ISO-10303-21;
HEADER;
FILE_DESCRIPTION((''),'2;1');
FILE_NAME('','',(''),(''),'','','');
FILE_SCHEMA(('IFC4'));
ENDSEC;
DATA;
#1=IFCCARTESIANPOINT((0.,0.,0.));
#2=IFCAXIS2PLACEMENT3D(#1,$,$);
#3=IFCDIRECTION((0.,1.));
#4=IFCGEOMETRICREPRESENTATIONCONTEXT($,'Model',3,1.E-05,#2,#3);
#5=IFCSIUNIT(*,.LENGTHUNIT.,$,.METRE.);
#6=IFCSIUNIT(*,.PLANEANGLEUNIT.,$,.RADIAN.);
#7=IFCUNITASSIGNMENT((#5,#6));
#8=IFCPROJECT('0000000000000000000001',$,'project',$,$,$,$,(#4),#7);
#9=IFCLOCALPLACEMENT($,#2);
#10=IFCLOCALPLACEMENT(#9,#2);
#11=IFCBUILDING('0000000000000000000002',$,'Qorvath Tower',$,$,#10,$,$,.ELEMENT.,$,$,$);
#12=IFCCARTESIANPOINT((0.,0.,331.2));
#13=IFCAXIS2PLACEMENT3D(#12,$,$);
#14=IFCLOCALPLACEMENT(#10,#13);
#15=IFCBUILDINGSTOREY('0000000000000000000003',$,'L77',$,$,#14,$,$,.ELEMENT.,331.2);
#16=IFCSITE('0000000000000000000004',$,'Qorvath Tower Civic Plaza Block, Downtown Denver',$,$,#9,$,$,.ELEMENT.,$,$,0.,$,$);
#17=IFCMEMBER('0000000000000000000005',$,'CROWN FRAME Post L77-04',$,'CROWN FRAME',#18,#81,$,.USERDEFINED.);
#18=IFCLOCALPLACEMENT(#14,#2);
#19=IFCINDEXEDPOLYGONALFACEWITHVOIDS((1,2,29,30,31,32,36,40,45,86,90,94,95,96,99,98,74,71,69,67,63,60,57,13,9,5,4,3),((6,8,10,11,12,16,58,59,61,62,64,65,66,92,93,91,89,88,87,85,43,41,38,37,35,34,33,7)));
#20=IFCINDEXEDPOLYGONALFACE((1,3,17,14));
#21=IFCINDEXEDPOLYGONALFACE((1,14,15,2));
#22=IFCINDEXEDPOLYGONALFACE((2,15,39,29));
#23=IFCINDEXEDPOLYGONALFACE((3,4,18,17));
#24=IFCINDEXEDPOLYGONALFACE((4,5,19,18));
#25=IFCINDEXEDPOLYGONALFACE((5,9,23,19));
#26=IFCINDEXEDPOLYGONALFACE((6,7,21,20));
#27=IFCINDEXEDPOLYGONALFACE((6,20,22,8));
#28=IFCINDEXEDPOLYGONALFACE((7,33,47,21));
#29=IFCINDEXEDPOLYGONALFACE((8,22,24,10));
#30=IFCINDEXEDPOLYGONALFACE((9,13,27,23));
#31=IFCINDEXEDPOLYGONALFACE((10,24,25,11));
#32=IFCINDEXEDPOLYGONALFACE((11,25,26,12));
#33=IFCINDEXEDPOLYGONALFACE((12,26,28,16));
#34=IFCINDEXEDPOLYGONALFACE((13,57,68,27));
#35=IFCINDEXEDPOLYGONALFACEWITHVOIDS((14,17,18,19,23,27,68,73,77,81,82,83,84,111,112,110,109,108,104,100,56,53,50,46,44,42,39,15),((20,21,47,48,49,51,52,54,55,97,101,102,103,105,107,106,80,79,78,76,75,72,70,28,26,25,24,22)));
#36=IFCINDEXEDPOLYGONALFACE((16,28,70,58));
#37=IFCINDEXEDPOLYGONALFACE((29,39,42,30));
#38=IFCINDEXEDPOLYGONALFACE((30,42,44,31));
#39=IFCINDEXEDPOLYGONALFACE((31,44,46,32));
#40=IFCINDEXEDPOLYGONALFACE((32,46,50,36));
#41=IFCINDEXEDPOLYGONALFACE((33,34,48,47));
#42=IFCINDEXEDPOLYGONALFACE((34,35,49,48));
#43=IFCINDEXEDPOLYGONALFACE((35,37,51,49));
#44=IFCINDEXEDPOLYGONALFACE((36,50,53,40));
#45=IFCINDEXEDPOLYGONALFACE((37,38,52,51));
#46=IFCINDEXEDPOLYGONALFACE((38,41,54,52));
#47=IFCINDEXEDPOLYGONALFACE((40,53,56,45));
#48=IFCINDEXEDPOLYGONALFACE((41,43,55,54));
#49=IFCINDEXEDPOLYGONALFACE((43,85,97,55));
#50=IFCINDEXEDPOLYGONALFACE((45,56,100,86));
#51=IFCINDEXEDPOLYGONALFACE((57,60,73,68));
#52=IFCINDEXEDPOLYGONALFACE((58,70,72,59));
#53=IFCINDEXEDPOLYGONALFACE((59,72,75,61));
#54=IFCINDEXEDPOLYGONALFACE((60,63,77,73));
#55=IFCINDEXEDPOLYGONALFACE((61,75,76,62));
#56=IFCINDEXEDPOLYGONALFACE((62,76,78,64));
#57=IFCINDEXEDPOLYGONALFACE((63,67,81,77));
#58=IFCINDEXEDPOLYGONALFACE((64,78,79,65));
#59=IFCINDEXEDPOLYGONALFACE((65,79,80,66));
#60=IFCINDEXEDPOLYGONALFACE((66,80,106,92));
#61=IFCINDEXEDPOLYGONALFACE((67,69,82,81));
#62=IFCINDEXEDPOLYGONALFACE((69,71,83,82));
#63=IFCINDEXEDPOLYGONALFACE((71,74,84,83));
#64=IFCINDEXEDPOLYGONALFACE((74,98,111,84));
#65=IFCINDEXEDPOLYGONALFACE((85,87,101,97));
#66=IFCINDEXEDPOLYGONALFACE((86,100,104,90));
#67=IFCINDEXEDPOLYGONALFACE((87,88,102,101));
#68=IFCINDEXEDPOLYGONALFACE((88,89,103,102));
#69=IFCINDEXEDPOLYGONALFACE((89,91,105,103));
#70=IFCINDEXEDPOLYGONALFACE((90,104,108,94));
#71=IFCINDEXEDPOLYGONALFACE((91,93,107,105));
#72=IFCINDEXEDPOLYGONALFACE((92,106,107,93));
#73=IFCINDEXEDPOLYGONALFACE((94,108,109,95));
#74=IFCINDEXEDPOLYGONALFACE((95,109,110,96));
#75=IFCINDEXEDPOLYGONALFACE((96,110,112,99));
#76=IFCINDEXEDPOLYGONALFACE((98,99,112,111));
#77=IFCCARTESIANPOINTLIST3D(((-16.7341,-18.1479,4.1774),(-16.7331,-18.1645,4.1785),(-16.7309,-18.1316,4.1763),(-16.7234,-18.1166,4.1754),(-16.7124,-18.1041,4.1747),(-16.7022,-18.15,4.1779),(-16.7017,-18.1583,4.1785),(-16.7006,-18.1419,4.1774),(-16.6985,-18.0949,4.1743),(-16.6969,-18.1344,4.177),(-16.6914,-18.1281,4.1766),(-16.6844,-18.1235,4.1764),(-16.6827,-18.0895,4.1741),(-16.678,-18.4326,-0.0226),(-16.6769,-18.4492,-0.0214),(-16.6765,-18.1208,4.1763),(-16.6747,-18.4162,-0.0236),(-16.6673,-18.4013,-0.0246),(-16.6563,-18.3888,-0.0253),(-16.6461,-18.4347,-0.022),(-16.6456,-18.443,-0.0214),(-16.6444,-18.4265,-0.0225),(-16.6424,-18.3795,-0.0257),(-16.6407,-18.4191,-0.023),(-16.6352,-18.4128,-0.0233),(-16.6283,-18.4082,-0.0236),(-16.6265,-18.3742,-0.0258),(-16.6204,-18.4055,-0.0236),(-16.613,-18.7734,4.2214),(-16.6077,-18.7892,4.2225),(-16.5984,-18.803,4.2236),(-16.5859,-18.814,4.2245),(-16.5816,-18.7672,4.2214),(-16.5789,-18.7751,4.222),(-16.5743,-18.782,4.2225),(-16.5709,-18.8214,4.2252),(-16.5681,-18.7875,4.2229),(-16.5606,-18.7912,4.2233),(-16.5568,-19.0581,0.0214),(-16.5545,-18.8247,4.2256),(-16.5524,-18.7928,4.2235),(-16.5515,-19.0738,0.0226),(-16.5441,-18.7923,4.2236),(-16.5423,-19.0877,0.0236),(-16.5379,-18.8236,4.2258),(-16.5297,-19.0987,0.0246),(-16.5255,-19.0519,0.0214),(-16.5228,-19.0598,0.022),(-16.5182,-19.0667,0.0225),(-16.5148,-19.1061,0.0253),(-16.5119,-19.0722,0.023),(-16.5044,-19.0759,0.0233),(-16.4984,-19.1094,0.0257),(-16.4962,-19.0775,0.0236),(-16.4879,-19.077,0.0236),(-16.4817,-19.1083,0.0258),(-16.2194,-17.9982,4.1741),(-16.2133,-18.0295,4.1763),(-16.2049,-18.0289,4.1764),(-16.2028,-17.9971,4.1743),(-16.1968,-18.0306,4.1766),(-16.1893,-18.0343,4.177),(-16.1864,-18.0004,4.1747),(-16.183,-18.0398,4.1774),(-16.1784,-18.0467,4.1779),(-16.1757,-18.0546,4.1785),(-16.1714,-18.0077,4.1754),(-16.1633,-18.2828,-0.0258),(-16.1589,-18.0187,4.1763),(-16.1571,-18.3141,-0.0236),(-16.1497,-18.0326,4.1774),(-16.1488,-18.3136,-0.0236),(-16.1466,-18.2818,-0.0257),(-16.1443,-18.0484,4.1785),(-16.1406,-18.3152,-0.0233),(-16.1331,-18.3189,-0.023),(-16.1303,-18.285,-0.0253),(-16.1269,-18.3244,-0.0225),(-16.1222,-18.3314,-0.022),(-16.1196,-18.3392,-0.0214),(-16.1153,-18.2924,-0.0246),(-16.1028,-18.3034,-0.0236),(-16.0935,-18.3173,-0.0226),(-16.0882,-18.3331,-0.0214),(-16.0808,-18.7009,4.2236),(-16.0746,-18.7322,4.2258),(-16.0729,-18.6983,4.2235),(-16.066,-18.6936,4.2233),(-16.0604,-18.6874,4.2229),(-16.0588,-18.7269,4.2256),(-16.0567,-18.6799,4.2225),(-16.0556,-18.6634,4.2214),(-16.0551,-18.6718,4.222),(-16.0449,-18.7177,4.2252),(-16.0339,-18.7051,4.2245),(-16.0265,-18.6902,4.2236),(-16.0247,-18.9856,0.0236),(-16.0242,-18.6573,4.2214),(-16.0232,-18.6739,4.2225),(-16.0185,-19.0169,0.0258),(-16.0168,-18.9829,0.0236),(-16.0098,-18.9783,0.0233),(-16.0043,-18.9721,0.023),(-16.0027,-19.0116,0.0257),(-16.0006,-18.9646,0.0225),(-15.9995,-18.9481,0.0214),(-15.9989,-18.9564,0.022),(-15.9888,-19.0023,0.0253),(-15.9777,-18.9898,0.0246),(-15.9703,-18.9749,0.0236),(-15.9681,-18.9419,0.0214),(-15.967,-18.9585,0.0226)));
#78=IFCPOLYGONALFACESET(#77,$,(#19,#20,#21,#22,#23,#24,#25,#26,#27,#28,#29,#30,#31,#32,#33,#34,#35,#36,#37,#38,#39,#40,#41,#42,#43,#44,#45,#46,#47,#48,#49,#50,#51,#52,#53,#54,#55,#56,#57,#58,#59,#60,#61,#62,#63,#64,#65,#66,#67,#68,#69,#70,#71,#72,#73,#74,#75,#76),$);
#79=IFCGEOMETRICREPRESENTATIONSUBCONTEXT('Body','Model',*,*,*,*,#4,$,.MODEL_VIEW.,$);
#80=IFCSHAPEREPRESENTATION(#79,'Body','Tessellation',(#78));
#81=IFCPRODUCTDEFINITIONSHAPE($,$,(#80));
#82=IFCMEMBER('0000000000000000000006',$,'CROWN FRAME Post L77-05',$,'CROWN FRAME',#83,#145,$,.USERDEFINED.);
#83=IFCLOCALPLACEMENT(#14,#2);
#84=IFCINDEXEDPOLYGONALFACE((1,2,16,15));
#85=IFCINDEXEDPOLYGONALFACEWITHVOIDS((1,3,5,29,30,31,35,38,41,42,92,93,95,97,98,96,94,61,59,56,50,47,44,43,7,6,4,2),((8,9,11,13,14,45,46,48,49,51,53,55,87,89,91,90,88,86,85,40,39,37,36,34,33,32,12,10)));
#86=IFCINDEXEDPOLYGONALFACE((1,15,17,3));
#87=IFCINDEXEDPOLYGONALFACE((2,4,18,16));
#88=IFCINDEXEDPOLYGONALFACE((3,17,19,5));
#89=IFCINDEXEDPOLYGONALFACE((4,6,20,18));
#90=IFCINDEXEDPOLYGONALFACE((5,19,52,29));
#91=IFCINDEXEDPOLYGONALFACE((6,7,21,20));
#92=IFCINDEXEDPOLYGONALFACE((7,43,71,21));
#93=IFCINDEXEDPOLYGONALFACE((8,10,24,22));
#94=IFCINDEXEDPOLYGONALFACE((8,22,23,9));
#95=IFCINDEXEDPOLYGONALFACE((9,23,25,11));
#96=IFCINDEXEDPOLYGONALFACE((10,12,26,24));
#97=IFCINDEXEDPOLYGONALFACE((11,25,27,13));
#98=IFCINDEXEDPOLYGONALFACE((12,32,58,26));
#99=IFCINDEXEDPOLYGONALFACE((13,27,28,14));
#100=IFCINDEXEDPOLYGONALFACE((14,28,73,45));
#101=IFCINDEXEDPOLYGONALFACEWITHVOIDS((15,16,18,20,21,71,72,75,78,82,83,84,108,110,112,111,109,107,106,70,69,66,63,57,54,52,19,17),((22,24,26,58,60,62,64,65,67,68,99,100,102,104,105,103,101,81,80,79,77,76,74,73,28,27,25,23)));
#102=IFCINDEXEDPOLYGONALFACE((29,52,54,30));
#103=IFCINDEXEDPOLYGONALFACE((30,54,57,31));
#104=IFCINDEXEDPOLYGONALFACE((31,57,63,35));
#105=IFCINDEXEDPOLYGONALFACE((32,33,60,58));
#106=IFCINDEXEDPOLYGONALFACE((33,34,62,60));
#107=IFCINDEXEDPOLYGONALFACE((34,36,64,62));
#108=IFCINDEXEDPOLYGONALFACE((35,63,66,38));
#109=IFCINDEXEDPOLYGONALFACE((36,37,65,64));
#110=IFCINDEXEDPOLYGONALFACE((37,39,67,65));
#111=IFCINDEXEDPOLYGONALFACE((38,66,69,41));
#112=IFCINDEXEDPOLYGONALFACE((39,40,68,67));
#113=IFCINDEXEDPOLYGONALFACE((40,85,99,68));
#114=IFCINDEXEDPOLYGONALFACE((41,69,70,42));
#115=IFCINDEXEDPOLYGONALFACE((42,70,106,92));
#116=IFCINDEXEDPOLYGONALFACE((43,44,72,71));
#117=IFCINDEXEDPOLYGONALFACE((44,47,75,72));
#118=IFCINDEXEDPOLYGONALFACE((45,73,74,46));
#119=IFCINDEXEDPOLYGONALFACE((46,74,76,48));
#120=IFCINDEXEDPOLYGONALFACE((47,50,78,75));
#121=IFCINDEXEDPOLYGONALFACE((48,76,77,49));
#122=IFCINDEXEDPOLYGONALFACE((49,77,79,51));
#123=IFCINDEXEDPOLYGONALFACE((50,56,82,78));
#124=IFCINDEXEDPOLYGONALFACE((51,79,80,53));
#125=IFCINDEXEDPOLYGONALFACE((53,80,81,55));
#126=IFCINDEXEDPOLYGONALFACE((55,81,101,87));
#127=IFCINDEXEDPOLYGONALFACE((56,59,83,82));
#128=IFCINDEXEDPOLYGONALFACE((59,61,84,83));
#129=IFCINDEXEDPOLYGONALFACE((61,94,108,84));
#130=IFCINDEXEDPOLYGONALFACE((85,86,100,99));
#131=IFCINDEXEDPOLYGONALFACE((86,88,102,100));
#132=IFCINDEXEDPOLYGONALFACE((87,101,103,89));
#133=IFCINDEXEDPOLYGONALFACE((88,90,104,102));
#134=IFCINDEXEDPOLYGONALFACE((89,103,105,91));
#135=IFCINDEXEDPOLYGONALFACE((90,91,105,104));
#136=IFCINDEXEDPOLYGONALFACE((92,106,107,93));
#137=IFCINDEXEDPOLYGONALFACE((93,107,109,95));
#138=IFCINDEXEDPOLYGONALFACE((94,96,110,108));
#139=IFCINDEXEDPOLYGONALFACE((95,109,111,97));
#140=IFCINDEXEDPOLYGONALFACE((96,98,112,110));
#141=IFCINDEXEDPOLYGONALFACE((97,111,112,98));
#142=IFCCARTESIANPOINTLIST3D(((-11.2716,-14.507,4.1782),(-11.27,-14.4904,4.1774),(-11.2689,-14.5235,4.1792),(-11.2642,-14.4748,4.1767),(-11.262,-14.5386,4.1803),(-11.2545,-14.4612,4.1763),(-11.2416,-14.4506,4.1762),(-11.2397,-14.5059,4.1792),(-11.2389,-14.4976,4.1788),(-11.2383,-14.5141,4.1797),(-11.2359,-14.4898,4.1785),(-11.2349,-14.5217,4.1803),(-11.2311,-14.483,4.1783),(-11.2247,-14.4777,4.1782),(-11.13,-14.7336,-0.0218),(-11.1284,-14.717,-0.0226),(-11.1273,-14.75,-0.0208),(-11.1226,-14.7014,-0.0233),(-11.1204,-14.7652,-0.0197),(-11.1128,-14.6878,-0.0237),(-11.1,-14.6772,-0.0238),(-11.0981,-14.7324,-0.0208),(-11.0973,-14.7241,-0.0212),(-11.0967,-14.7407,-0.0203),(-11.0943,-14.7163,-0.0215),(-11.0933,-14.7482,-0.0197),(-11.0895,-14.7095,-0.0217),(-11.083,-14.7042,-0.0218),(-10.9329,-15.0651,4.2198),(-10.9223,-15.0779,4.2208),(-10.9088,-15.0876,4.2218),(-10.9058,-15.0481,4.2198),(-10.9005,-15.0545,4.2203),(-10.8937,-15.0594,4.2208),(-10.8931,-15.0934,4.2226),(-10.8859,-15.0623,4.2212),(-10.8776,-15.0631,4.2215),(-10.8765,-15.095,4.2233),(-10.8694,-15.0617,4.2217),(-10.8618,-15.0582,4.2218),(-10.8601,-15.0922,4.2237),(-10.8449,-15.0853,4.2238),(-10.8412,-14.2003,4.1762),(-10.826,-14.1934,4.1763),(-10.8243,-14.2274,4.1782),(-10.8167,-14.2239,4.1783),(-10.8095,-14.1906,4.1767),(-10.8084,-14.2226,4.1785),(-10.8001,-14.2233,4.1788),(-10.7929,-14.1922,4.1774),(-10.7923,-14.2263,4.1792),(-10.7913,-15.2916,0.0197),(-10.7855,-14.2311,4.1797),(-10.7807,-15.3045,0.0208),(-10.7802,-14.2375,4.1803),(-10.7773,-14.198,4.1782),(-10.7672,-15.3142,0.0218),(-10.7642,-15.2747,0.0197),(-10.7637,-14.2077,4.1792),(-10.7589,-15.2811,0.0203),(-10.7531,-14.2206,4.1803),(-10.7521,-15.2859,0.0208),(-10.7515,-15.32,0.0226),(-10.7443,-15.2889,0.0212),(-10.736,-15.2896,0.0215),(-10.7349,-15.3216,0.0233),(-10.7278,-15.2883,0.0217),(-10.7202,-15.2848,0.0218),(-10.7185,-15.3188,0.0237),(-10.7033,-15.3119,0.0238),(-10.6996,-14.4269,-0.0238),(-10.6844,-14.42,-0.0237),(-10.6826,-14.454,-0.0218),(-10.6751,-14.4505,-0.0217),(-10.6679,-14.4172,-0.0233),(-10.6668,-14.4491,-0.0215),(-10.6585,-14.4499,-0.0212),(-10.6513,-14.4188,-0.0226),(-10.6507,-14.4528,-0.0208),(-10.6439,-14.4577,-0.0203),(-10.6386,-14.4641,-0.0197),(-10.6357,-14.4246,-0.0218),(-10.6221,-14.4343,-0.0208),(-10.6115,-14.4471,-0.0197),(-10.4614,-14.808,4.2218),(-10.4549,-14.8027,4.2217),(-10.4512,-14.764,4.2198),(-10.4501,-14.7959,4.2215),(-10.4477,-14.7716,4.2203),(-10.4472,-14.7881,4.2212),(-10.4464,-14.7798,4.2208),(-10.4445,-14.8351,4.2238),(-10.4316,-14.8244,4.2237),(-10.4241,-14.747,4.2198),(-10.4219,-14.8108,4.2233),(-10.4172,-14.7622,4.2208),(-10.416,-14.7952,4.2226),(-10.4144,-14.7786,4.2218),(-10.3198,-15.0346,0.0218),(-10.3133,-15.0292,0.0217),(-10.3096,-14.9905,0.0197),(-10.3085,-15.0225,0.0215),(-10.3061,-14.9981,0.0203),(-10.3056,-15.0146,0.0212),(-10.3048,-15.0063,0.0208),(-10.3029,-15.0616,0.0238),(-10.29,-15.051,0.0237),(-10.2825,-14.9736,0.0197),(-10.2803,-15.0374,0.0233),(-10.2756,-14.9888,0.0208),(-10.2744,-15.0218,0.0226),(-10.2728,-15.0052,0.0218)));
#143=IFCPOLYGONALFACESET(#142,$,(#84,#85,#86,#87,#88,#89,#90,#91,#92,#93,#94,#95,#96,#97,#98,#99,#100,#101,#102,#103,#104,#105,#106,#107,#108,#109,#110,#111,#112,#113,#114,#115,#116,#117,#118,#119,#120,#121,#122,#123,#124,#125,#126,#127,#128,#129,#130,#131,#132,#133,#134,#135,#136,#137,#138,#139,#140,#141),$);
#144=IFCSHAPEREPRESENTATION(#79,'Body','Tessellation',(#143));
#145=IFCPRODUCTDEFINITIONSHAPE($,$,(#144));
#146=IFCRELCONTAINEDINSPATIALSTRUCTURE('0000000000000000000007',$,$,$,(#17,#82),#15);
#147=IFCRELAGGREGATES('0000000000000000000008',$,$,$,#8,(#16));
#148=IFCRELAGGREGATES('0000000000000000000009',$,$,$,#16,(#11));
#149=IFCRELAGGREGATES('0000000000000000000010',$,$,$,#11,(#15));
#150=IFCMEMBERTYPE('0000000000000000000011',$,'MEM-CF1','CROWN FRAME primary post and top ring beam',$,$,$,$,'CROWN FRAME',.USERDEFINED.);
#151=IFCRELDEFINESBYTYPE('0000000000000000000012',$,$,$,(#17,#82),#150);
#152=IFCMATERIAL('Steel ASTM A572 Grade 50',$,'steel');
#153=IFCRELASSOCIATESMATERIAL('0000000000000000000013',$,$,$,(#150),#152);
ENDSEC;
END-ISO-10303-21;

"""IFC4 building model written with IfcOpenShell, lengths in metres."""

from ifc_helpers import new_model, si_unit, direction, frame, origin, origin_2d, place, context, subcontext, project, spatial, hollow_rectangle, extrude, material, material_profile, profile_set, type_object, element, save


model = new_model("IFC4")

# Units and contexts
model_context = context("Model", 3, precision=1e-05, world=origin(), true_north=direction((0.0, 1.0)))
body_context = subcontext(model_context, "Body", "Model", "MODEL_VIEW")
ifc_project = project(units=[si_unit("LENGTHUNIT", "METRE"), si_unit("PLANEANGLEUNIT", "RADIAN")], contexts=[model_context])

# Site, building, storey
site_placement = place(None, origin())
site = spatial("IfcSite", under=ifc_project, at=site_placement, Name="Qorvath Tower Civic Plaza Block, Downtown Denver", CompositionType="ELEMENT", RefElevation=0.0)
building_placement = place(site_placement, origin())
building = spatial("IfcBuilding", under=site, at=building_placement, Name="Qorvath Tower", CompositionType="ELEMENT")
storey_placement = place(building_placement, frame((0.0, 0.0, 331.2)))
storey = spatial("IfcBuildingStorey", under=building, at=storey_placement, Name="L77", CompositionType="ELEMENT", Elevation=331.2)

# Members
ifc_material_1 = material(Name="Steel ASTM A572 Grade 50", Category="steel")
ifc_material_profile_1 = material_profile(ifc_material_1, hollow_rectangle(XDim=0.6001, YDim=0.75, WallThickness=0.032, InnerFilletRadius=0.032, OuterFilletRadius=0.064, at=origin_2d()), Name="CROWN BOX 750x600x32")
ifc_profile_set_1 = profile_set([ifc_material_profile_1], Name="Steel ASTM A572 Grade 50")
member_type_1 = type_object("IfcMemberType", Name="MEM-CF1", Description="CROWN FRAME primary post and top ring beam", ElementType="CROWN FRAME", PredefinedType="USERDEFINED", material=ifc_profile_set_1)
member_1_placement = place(storey_placement, frame((-16.3225, -18.6956, 0.0), z_axis=(-0.013338, 0.067618, 0.997622), x_axis=(-0.981095, -0.193526, 0.0)))
element("IfcMember", 1, at=member_1_placement, inside=storey, type_object=member_type_1, Name="CROWN FRAME Post L77-04", ObjectType="CROWN FRAME", PredefinedType="USERDEFINED", context=body_context, shape_type="SweptSolid", body=[
    extrude(hollow_rectangle(XDim=0.6001, YDim=0.75, WallThickness=0.032, InnerFilletRadius=0.032, OuterFilletRadius=0.064, at=origin_2d()), origin(), (0.0, 0.0, 1.0), 4.21),
])
member_2_placement = place(storey_placement, frame((-10.7014, -14.8694, 0.0), z_axis=(-0.033647, 0.053835, 0.997983), x_axis=(-0.847998, -0.529999, 0.0)))
element("IfcMember", 2, at=member_2_placement, inside=storey, type_object=member_type_1, Name="CROWN FRAME Post L77-05", ObjectType="CROWN FRAME", PredefinedType="USERDEFINED", context=body_context, shape_type="SweptSolid", body=[
    extrude(hollow_rectangle(XDim=0.6001, YDim=0.75, WallThickness=0.032, InnerFilletRadius=0.032, OuterFilletRadius=0.064, at=origin_2d()), origin(), (0.0, 0.0, 1.0), 4.2085),
])

save(model, "model.ifc")
